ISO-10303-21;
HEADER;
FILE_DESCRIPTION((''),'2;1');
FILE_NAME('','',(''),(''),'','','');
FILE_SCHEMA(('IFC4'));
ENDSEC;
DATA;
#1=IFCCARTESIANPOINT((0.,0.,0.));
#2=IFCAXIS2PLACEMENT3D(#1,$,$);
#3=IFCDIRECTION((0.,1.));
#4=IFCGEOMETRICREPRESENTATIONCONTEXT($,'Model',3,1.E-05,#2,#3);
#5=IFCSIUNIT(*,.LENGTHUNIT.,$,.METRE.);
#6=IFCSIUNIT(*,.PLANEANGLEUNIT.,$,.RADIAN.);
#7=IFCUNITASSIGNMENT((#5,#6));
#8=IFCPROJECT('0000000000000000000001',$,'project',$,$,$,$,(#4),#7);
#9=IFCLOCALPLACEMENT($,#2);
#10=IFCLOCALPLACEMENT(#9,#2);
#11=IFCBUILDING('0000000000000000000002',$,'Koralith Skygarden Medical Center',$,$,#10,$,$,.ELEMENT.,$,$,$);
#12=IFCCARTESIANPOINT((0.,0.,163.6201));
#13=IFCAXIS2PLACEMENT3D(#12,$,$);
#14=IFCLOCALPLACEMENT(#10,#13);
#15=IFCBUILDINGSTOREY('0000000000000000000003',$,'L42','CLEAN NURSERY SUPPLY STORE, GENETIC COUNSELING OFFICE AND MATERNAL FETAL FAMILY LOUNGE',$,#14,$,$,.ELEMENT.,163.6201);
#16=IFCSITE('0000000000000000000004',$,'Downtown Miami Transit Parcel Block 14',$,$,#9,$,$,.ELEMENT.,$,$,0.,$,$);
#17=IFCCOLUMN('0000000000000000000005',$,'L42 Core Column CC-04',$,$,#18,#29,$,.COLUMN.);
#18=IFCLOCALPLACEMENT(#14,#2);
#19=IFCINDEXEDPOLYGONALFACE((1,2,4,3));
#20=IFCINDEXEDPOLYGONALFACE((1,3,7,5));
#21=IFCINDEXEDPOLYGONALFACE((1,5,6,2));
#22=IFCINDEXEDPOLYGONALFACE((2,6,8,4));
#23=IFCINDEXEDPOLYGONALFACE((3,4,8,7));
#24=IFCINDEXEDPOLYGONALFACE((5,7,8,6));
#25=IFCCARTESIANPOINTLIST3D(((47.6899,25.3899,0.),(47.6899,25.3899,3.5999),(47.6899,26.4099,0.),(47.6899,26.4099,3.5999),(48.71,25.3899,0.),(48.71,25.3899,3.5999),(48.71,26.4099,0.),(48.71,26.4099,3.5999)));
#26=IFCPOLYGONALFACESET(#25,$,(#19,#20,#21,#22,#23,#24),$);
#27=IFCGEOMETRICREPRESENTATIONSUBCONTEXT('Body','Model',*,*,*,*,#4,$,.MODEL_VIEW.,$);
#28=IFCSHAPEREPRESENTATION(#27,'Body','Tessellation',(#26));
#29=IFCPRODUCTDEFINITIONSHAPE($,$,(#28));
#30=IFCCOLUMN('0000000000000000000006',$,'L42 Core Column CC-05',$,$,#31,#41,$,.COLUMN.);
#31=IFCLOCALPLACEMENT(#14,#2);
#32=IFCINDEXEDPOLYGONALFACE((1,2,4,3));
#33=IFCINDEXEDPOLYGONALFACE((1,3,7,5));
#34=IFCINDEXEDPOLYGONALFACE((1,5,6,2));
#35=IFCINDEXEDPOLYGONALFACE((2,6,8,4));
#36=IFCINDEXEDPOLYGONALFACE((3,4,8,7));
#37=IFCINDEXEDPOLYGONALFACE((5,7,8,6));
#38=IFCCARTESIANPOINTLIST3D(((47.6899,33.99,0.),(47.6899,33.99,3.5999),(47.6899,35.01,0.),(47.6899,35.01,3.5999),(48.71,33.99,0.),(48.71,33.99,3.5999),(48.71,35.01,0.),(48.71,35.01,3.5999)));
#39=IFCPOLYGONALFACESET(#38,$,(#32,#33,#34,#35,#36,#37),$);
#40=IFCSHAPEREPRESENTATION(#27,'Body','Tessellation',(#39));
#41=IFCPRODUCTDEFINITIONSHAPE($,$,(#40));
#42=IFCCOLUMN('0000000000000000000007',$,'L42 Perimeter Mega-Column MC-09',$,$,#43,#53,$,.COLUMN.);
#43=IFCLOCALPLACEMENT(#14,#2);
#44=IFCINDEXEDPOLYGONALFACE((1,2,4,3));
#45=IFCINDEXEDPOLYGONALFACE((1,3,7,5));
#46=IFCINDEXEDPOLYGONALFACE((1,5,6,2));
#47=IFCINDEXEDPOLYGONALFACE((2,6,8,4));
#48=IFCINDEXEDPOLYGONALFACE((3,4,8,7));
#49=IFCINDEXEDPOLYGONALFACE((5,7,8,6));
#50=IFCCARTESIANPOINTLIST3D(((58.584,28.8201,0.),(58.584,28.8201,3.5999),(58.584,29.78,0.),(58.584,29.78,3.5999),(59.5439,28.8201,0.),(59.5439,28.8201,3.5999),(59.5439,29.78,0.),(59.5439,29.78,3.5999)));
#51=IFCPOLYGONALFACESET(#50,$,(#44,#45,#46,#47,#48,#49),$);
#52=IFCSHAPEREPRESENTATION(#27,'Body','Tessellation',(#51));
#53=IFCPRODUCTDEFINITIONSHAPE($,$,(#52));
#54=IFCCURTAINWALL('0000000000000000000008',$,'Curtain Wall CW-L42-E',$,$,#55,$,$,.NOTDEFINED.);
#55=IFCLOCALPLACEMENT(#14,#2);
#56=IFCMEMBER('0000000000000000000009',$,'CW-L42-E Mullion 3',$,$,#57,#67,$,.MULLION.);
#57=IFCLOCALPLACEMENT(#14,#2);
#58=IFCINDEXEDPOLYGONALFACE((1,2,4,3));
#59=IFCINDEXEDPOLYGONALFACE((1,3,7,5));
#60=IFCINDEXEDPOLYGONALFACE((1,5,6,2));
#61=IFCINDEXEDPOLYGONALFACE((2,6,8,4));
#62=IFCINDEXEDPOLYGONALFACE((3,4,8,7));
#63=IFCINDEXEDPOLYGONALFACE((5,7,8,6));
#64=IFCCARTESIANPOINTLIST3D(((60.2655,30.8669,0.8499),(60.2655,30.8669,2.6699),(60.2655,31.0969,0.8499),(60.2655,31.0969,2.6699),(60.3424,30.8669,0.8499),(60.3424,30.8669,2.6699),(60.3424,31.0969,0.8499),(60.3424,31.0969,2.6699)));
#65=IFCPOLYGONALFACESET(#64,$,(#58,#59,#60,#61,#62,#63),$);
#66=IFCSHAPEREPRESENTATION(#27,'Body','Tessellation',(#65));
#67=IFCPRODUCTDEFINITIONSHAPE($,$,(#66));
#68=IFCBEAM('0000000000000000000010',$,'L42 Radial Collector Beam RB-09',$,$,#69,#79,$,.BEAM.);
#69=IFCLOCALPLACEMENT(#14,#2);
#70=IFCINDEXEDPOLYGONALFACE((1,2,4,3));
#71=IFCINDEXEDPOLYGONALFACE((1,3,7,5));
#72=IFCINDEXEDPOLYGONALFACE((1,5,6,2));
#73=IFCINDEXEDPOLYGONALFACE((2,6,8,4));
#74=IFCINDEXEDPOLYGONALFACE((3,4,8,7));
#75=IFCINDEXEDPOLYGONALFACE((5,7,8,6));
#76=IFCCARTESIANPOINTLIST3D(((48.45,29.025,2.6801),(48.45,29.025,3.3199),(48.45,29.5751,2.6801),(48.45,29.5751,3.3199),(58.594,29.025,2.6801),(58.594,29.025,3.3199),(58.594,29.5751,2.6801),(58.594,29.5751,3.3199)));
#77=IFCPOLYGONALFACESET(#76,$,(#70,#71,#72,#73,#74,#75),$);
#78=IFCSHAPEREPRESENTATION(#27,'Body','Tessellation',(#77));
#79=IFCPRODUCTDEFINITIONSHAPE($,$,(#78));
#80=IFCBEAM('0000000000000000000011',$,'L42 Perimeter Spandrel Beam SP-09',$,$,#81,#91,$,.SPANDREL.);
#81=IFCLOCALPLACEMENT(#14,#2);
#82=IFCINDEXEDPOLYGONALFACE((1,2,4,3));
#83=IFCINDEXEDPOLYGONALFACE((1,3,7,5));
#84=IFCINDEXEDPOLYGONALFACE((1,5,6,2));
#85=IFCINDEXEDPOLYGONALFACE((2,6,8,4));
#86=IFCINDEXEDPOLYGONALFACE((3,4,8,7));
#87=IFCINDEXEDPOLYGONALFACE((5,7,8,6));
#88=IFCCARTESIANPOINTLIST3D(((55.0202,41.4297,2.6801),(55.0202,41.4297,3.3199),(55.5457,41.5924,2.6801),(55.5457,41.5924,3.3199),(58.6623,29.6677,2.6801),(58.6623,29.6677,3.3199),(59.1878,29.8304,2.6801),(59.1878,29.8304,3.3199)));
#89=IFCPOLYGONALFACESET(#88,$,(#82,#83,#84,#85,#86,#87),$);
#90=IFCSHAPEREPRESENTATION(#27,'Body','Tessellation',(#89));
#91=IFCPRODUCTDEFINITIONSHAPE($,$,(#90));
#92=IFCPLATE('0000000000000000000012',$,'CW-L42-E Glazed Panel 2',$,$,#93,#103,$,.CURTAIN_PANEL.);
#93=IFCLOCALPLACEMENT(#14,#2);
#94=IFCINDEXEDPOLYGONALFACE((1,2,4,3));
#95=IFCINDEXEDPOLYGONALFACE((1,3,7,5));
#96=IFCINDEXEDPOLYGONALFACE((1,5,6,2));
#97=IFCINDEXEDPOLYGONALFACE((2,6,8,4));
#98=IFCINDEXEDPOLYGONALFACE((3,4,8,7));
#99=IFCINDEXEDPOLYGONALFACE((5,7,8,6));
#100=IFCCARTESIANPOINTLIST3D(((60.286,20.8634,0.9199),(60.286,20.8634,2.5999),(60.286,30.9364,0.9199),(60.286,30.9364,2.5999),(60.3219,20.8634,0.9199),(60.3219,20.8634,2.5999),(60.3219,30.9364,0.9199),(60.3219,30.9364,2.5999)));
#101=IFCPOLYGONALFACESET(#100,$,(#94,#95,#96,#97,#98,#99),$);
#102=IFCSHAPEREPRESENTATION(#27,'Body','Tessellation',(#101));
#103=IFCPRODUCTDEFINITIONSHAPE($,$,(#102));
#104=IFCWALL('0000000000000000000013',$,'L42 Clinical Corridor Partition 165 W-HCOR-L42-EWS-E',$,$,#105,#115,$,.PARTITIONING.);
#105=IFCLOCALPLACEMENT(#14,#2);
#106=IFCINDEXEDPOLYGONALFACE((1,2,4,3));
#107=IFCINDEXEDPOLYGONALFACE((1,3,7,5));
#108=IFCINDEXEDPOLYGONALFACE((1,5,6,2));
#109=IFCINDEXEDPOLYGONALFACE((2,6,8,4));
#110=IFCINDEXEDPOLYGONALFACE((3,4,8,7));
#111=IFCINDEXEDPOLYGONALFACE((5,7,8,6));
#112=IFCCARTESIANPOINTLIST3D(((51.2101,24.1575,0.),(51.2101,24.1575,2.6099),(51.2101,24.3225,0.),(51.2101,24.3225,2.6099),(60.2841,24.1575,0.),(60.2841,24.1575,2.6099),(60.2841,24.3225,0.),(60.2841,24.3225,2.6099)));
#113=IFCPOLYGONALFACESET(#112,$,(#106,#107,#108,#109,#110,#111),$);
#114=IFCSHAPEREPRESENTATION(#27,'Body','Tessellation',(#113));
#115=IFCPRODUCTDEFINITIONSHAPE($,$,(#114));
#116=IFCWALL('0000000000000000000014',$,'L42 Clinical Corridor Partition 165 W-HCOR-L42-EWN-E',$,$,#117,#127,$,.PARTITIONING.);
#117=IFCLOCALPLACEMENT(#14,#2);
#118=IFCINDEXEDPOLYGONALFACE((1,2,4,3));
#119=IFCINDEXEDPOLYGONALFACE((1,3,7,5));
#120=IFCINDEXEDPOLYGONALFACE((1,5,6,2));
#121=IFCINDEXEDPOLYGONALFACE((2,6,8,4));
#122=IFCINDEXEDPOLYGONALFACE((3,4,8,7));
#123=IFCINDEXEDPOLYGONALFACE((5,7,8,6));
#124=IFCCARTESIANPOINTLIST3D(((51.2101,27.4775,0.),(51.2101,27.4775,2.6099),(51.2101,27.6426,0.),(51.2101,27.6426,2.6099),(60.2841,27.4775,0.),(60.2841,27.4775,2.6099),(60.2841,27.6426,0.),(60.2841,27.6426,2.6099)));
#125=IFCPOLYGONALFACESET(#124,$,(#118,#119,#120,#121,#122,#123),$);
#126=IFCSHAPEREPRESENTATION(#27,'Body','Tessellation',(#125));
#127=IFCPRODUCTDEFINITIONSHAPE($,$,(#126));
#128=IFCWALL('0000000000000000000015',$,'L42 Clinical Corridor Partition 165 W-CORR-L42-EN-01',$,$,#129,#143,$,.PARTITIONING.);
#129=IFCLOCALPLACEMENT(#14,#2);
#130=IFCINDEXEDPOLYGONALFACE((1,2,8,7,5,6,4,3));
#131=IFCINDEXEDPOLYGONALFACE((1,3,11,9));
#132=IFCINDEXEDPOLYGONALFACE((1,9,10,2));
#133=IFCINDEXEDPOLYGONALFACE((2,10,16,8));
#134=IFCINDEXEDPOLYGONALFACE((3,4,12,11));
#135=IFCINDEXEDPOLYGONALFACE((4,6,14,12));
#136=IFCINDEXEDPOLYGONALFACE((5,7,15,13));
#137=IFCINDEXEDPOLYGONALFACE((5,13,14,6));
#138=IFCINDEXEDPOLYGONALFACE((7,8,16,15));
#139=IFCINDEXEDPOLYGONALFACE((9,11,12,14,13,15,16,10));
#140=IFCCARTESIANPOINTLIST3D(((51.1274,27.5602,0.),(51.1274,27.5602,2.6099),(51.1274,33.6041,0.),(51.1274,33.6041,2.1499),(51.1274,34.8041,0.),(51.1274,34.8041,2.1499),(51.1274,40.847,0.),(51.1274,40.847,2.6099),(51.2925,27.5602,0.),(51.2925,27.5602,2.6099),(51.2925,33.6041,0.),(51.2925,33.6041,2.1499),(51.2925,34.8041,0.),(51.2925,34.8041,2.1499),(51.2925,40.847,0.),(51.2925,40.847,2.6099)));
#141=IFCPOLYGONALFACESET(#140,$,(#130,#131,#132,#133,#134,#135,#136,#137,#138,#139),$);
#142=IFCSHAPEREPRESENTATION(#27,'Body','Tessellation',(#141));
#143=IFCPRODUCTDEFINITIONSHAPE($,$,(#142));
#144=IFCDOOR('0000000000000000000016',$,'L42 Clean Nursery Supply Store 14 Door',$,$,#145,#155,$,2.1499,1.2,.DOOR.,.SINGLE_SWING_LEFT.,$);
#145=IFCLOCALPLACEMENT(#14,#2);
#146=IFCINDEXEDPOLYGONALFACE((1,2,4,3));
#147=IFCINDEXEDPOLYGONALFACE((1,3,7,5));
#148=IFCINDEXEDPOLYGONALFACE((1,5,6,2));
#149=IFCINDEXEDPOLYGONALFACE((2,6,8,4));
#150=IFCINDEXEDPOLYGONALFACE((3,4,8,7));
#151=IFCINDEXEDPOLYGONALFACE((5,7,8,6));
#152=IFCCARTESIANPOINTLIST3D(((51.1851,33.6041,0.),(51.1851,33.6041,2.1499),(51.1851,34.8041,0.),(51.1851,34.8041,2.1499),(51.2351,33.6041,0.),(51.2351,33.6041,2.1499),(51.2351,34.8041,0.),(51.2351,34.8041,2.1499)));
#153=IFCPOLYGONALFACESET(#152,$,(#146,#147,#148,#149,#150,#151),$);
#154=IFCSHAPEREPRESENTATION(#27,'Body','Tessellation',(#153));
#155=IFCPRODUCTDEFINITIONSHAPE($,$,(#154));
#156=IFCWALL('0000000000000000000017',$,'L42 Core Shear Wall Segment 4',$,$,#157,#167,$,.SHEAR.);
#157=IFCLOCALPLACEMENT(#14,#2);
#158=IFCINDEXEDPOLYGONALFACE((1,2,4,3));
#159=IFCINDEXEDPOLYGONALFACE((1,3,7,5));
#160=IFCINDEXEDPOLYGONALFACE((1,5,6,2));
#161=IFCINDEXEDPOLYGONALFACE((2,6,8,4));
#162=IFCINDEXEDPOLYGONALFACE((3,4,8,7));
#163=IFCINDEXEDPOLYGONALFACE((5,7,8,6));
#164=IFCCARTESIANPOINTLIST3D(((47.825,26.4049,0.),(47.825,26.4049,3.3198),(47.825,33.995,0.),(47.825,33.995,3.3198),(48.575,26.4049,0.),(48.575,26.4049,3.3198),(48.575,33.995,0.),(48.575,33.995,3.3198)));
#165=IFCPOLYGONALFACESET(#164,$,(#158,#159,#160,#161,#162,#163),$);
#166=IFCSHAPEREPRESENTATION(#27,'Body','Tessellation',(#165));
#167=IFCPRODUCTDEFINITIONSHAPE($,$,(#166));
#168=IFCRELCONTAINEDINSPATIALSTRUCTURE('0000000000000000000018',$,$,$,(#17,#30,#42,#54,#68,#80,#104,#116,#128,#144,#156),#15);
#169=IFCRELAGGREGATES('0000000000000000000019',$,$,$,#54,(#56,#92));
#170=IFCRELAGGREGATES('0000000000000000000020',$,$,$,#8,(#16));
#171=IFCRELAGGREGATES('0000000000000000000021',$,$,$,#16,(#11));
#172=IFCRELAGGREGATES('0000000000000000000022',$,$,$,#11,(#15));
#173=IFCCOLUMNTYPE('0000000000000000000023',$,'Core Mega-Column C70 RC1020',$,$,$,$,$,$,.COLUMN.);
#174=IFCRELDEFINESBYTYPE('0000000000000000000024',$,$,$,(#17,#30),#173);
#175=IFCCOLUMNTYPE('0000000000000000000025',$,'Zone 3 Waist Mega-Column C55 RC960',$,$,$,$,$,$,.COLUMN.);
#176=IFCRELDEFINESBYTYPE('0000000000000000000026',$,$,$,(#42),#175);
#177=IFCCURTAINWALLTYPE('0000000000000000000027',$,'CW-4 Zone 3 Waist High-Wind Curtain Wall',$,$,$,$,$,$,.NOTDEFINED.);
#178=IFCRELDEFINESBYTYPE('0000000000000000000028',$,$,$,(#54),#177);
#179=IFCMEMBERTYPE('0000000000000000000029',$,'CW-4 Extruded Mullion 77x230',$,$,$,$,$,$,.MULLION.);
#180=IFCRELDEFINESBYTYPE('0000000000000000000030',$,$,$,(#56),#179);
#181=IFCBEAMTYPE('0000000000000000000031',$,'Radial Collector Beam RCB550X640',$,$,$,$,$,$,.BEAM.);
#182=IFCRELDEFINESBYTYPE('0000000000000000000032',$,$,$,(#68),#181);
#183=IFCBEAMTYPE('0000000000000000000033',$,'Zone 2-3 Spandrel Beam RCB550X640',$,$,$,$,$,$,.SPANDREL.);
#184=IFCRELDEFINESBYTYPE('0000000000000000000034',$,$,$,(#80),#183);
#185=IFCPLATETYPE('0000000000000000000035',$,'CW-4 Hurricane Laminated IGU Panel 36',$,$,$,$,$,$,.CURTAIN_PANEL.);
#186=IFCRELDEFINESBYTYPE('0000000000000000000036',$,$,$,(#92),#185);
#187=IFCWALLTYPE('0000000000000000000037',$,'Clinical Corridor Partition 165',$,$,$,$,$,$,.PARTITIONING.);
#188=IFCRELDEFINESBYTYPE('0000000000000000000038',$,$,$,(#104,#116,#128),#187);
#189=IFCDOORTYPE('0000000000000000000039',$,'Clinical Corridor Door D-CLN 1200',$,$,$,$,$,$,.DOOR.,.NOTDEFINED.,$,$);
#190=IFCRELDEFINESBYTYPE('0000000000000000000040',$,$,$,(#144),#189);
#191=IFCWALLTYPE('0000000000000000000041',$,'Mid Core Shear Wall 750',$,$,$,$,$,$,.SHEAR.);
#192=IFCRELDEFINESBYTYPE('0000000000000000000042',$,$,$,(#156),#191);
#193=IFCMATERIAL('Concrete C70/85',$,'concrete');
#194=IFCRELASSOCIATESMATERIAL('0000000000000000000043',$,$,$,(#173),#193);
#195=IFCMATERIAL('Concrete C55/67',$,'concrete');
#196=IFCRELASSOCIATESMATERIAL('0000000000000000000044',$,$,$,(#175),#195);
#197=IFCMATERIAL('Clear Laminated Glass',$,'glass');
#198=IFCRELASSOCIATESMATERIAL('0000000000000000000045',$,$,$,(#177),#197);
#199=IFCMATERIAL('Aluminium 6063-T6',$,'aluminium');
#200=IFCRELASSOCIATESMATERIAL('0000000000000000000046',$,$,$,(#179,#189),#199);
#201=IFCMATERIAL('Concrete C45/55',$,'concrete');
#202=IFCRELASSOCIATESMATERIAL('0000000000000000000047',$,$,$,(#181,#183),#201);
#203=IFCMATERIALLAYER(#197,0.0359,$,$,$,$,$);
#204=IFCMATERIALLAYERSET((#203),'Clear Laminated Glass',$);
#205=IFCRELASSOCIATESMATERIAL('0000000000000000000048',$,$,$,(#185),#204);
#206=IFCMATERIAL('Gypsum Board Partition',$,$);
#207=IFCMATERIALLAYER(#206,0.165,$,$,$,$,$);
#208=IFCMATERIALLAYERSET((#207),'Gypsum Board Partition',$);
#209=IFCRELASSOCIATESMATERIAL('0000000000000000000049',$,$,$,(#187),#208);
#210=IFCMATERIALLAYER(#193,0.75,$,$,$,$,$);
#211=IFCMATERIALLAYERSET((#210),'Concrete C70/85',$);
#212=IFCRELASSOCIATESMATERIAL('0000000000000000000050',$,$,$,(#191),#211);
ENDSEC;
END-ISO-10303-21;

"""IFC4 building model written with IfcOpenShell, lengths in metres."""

from ifc_helpers import new_model, si_unit, direction, frame, frame_2d, origin, origin_2d, place, context, subcontext, project, spatial, rectangle, extrude, material, layer, layer_set, material_profile, profile_set, type_object, element, fill, aggregate, save


model = new_model("IFC4")

# Units and contexts
model_context = context("Model", 3, precision=1e-05, world=origin(), true_north=direction((0.0, 1.0)))
body_context = subcontext(model_context, "Body", "Model", "MODEL_VIEW")
ifc_project = project(units=[si_unit("LENGTHUNIT", "METRE"), si_unit("PLANEANGLEUNIT", "RADIAN")], contexts=[model_context])

# Site, building, storey
site_placement = place(None, origin())
site = spatial("IfcSite", under=ifc_project, at=site_placement, Name="Downtown Miami Transit Parcel Block 14", CompositionType="ELEMENT", RefElevation=0.0)
building_placement = place(site_placement, origin())
building = spatial("IfcBuilding", under=site, at=building_placement, Name="Koralith Skygarden Medical Center", CompositionType="ELEMENT")
storey_placement = place(building_placement, frame((0.0, 0.0, 163.6201)))
storey = spatial("IfcBuildingStorey", under=building, at=storey_placement, Name="L42", Description="CLEAN NURSERY SUPPLY STORE, GENETIC COUNSELING OFFICE AND MATERNAL FETAL FAMILY LOUNGE", CompositionType="ELEMENT", Elevation=163.6201)

# Columns
ifc_material_1 = material(Name="Concrete C70/85", Category="concrete")
ifc_material_profile_1 = material_profile(ifc_material_1, rectangle(XDim=1.02, YDim=1.02, at=origin_2d()), Name="RC1020X1020")
ifc_profile_set_1 = profile_set([ifc_material_profile_1], Name="Concrete C70/85")
column_type_1 = type_object("IfcColumnType", Name="Core Mega-Column C70 RC1020", PredefinedType="COLUMN", material=ifc_profile_set_1)
for number, where, z_axis, x_axis, name in (
    (1, (48.2, 25.8999, 0.0), (0.0, 0.0, 1.0), (1.0, 0.0, 0.0), "L42 Core Column CC-04"),
    (2, (48.2, 34.5, 0.0), (0.0, 0.0, 1.0), (1.0, 0.0, 0.0), "L42 Core Column CC-05"),
):
    element("IfcColumn", number, at=place(storey_placement, frame(where, z_axis=z_axis, x_axis=x_axis)), inside=storey, type_object=column_type_1, Name=name, PredefinedType="COLUMN", context=body_context, shape_type="SweptSolid", body=[
        extrude(rectangle(XDim=1.02, YDim=1.02, at=origin_2d()), origin(), (0.0, 0.0, 1.0), 3.5999),
    ])
ifc_material_2 = material(Name="Concrete C55/67", Category="concrete")
ifc_material_profile_2 = material_profile(ifc_material_2, rectangle(XDim=0.96, YDim=0.96, at=origin_2d()), Name="RC960X960")
ifc_profile_set_2 = profile_set([ifc_material_profile_2], Name="Concrete C55/67")
column_type_2 = type_object("IfcColumnType", Name="Zone 3 Waist Mega-Column C55 RC960", PredefinedType="COLUMN", material=ifc_profile_set_2)
column_placement = place(storey_placement, frame((59.064, 29.3, 0.0), z_axis=(0.0, 0.0, 1.0), x_axis=(1.0, 0.0, 0.0)))
element("IfcColumn", 3, at=column_placement, inside=storey, type_object=column_type_2, Name="L42 Perimeter Mega-Column MC-09", PredefinedType="COLUMN", context=body_context, shape_type="SweptSolid", body=[
    extrude(rectangle(XDim=0.96, YDim=0.96, at=origin_2d()), origin(), (0.0, 0.0, 1.0), 3.5999),
])

# Curtain wall, member
ifc_material_3 = material(Name="Clear Laminated Glass", Category="glass")
curtain_wall_type = type_object("IfcCurtainWallType", Name="CW-4 Zone 3 Waist High-Wind Curtain Wall", PredefinedType="NOTDEFINED", material=ifc_material_3)
curtain_wall_placement = place(storey_placement, origin())
curtain_wall = element("IfcCurtainWall", 4, at=curtain_wall_placement, inside=storey, type_object=curtain_wall_type, Name="Curtain Wall CW-L42-E", PredefinedType="NOTDEFINED")
ifc_material_4 = material(Name="Aluminium 6063-T6", Category="aluminium")
ifc_material_profile_3 = material_profile(ifc_material_4, rectangle(XDim=0.0769, YDim=0.23, at=origin_2d()), Name="MUL77X230")
ifc_profile_set_3 = profile_set([ifc_material_profile_3], Name="Aluminium 6063-T6")
member_type = type_object("IfcMemberType", Name="CW-4 Extruded Mullion 77x230", PredefinedType="MULLION", material=ifc_profile_set_3)
member_placement = place(storey_placement, frame((60.304, 30.9819, 0.8499), z_axis=(0.0, 0.0, 1.0), x_axis=(1.0, 0.0, 0.0)))
member = element("IfcMember", 5, at=member_placement, type_object=member_type, Name="CW-L42-E Mullion 3", PredefinedType="MULLION", context=body_context, shape_type="SweptSolid", body=[
    extrude(rectangle(XDim=0.0769, YDim=0.23, at=origin_2d()), origin(), (0.0, 0.0, 1.0), 1.8201),
])

# Beams
ifc_material_5 = material(Name="Concrete C45/55", Category="concrete")
ifc_material_profile_4 = material_profile(ifc_material_5, rectangle(XDim=0.55, YDim=0.6399, at=origin_2d()), Name="RCB550X640")
ifc_profile_set_4 = profile_set([ifc_material_profile_4], Name="Concrete C45/55")
beam_type_1 = type_object("IfcBeamType", Name="Radial Collector Beam RCB550X640", PredefinedType="BEAM", material=ifc_profile_set_4)
beam_1_placement = place(storey_placement, frame((48.45, 29.3, 3.0), z_axis=(1.0, 0.0, 0.0), x_axis=(0.0, 1.0, 0.0)))
element("IfcBeam", 6, at=beam_1_placement, inside=storey, type_object=beam_type_1, Name="L42 Radial Collector Beam RB-09", PredefinedType="BEAM", context=body_context, shape_type="SweptSolid", body=[
    extrude(rectangle(XDim=0.55, YDim=0.6399, at=origin_2d()), origin(), (0.0, 0.0, 1.0), 10.144),
])
ifc_material_profile_5 = material_profile(ifc_material_5, rectangle(XDim=0.55, YDim=0.6399, at=origin_2d()), Name="RCB550X640")
ifc_profile_set_5 = profile_set([ifc_material_profile_5], Name="Concrete C45/55")
beam_type_2 = type_object("IfcBeamType", Name="Zone 2-3 Spandrel Beam RCB550X640", PredefinedType="SPANDREL", material=ifc_profile_set_5)
beam_2_placement = place(storey_placement, frame((58.925, 29.749, 3.0), z_axis=(-0.295794, 0.955252, 0.0), x_axis=(-0.955252, -0.295794, 0.0)))
element("IfcBeam", 7, at=beam_2_placement, inside=storey, type_object=beam_type_2, Name="L42 Perimeter Spandrel Beam SP-09", PredefinedType="SPANDREL", context=body_context, shape_type="SweptSolid", body=[
    extrude(rectangle(XDim=0.55, YDim=0.6399, at=origin_2d()), origin(), (0.0, 0.0, 1.0), 12.313),
])

# Plate
ifc_layer_1 = layer(ifc_material_3, 0.0359)
ifc_layer_set_1 = layer_set([ifc_layer_1], Name="Clear Laminated Glass")
plate_type = type_object("IfcPlateType", Name="CW-4 Hurricane Laminated IGU Panel 36", PredefinedType="CURTAIN_PANEL", material=ifc_layer_set_1)
plate_placement = place(storey_placement, frame((60.304, 25.8999, 0.9199), z_axis=(0.0, 0.0, 1.0), x_axis=(0.0, 1.0, 0.0)))
plate = element("IfcPlate", 8, at=plate_placement, type_object=plate_type, Name="CW-L42-E Glazed Panel 2", PredefinedType="CURTAIN_PANEL", context=body_context, shape_type="SweptSolid", body=[
    extrude(rectangle(XDim=10.073, YDim=0.0359, at=origin_2d()), origin(), (0.0, 0.0, 1.0), 1.6799),
])
aggregate(curtain_wall, [member, plate])

# Walls
ifc_material_6 = material(Name="Gypsum Board Partition")
ifc_layer_2 = layer(ifc_material_6, 0.165)
ifc_layer_set_2 = layer_set([ifc_layer_2], Name="Gypsum Board Partition")
wall_type_1 = type_object("IfcWallType", Name="Clinical Corridor Partition 165", PredefinedType="PARTITIONING", material=ifc_layer_set_2)
for number, where, z_axis, x_axis, name in (
    (9, (51.21, 24.24, 0.0), (0.0, 0.0, 1.0), (1.0, 0.0, 0.0), "L42 Clinical Corridor Partition 165 W-HCOR-L42-EWS-E"),
    (10, (51.21, 27.5601, 0.0), (0.0, 0.0, 1.0), (1.0, 0.0, 0.0), "L42 Clinical Corridor Partition 165 W-HCOR-L42-EWN-E"),
):
    element("IfcWall", number, at=place(storey_placement, frame(where, z_axis=z_axis, x_axis=x_axis)), inside=storey, type_object=wall_type_1, Name=name, PredefinedType="PARTITIONING", context=body_context, shape_type="SweptSolid", body=[
        extrude(rectangle(XDim=9.074, YDim=0.165, at=frame_2d((4.5371, 0.0))), origin(), (0.0, 0.0, 1.0), 2.6099),
    ])

# Wall, opening, door
wall_1_placement = place(storey_placement, frame((51.21, 27.5601, 0.0), z_axis=(0.0, 0.0, 1.0), x_axis=(0.0, 1.0, 0.0)))
wall_1 = element("IfcWall", 11, at=wall_1_placement, inside=storey, type_object=wall_type_1, Name="L42 Clinical Corridor Partition 165 W-CORR-L42-EN-01", PredefinedType="PARTITIONING", context=body_context, shape_type="SweptSolid", body=[
    extrude(rectangle(XDim=13.2869, YDim=0.165, at=frame_2d((6.6436, 0.0))), origin(), (0.0, 0.0, 1.0), 2.6099),
])
opening_1_placement = place(wall_1_placement, frame((6.0439, 0.0, 0.0)))
opening_1 = element("IfcOpeningElement", 12, at=opening_1_placement, cuts=wall_1, PredefinedType="OPENING", context=body_context, shape_type="SweptSolid", body=[
    extrude(rectangle(XDim=1.2, YDim=2.1499, at=frame_2d((0.6001, 1.075))), frame((0.0, 0.0925, 0.0), z_axis=(0.0, -1.0, 0.0), x_axis=(1.0, 0.0, 0.0)), (0.0, 0.0, 1.0), 0.1851),
])
door_type_1 = type_object("IfcDoorType", Name="Clinical Corridor Door D-CLN 1200", OperationType="NOTDEFINED", PredefinedType="DOOR", material=ifc_material_4)
door_1_placement = place(opening_1_placement, origin())
door_1 = element("IfcDoor", 13, at=door_1_placement, inside=storey, type_object=door_type_1, Name="L42 Clean Nursery Supply Store 14 Door", OperationType="SINGLE_SWING_LEFT", OverallHeight=2.1499, OverallWidth=1.2, PredefinedType="DOOR", context=body_context, shape_type="SweptSolid", body=[
    extrude(rectangle(XDim=1.2, YDim=2.1499, at=frame_2d((0.6001, 1.075))), frame((0.0, 0.0249, 0.0), z_axis=(0.0, -1.0, 0.0), x_axis=(1.0, 0.0, 0.0)), (0.0, 0.0, 1.0), 0.05),
])
fill(opening_1, door_1)

# Wall
ifc_layer_3 = layer(ifc_material_1, 0.75)
ifc_layer_set_3 = layer_set([ifc_layer_3], Name="Concrete C70/85")
wall_type_2 = type_object("IfcWallType", Name="Mid Core Shear Wall 750", PredefinedType="SHEAR", material=ifc_layer_set_3)
wall_2_placement = place(storey_placement, frame((48.2, 26.405, 0.0), z_axis=(0.0, 0.0, 1.0), x_axis=(0.0, 1.0, 0.0)))
element("IfcWall", 14, at=wall_2_placement, inside=storey, type_object=wall_type_2, Name="L42 Core Shear Wall Segment 4", PredefinedType="SHEAR", context=body_context, shape_type="SweptSolid", body=[
    extrude(rectangle(XDim=7.5901, YDim=0.75, at=frame_2d((3.7949, 0.0))), origin(), (0.0, 0.0, 1.0), 3.3198),
])

save(model, "model.ifc")
